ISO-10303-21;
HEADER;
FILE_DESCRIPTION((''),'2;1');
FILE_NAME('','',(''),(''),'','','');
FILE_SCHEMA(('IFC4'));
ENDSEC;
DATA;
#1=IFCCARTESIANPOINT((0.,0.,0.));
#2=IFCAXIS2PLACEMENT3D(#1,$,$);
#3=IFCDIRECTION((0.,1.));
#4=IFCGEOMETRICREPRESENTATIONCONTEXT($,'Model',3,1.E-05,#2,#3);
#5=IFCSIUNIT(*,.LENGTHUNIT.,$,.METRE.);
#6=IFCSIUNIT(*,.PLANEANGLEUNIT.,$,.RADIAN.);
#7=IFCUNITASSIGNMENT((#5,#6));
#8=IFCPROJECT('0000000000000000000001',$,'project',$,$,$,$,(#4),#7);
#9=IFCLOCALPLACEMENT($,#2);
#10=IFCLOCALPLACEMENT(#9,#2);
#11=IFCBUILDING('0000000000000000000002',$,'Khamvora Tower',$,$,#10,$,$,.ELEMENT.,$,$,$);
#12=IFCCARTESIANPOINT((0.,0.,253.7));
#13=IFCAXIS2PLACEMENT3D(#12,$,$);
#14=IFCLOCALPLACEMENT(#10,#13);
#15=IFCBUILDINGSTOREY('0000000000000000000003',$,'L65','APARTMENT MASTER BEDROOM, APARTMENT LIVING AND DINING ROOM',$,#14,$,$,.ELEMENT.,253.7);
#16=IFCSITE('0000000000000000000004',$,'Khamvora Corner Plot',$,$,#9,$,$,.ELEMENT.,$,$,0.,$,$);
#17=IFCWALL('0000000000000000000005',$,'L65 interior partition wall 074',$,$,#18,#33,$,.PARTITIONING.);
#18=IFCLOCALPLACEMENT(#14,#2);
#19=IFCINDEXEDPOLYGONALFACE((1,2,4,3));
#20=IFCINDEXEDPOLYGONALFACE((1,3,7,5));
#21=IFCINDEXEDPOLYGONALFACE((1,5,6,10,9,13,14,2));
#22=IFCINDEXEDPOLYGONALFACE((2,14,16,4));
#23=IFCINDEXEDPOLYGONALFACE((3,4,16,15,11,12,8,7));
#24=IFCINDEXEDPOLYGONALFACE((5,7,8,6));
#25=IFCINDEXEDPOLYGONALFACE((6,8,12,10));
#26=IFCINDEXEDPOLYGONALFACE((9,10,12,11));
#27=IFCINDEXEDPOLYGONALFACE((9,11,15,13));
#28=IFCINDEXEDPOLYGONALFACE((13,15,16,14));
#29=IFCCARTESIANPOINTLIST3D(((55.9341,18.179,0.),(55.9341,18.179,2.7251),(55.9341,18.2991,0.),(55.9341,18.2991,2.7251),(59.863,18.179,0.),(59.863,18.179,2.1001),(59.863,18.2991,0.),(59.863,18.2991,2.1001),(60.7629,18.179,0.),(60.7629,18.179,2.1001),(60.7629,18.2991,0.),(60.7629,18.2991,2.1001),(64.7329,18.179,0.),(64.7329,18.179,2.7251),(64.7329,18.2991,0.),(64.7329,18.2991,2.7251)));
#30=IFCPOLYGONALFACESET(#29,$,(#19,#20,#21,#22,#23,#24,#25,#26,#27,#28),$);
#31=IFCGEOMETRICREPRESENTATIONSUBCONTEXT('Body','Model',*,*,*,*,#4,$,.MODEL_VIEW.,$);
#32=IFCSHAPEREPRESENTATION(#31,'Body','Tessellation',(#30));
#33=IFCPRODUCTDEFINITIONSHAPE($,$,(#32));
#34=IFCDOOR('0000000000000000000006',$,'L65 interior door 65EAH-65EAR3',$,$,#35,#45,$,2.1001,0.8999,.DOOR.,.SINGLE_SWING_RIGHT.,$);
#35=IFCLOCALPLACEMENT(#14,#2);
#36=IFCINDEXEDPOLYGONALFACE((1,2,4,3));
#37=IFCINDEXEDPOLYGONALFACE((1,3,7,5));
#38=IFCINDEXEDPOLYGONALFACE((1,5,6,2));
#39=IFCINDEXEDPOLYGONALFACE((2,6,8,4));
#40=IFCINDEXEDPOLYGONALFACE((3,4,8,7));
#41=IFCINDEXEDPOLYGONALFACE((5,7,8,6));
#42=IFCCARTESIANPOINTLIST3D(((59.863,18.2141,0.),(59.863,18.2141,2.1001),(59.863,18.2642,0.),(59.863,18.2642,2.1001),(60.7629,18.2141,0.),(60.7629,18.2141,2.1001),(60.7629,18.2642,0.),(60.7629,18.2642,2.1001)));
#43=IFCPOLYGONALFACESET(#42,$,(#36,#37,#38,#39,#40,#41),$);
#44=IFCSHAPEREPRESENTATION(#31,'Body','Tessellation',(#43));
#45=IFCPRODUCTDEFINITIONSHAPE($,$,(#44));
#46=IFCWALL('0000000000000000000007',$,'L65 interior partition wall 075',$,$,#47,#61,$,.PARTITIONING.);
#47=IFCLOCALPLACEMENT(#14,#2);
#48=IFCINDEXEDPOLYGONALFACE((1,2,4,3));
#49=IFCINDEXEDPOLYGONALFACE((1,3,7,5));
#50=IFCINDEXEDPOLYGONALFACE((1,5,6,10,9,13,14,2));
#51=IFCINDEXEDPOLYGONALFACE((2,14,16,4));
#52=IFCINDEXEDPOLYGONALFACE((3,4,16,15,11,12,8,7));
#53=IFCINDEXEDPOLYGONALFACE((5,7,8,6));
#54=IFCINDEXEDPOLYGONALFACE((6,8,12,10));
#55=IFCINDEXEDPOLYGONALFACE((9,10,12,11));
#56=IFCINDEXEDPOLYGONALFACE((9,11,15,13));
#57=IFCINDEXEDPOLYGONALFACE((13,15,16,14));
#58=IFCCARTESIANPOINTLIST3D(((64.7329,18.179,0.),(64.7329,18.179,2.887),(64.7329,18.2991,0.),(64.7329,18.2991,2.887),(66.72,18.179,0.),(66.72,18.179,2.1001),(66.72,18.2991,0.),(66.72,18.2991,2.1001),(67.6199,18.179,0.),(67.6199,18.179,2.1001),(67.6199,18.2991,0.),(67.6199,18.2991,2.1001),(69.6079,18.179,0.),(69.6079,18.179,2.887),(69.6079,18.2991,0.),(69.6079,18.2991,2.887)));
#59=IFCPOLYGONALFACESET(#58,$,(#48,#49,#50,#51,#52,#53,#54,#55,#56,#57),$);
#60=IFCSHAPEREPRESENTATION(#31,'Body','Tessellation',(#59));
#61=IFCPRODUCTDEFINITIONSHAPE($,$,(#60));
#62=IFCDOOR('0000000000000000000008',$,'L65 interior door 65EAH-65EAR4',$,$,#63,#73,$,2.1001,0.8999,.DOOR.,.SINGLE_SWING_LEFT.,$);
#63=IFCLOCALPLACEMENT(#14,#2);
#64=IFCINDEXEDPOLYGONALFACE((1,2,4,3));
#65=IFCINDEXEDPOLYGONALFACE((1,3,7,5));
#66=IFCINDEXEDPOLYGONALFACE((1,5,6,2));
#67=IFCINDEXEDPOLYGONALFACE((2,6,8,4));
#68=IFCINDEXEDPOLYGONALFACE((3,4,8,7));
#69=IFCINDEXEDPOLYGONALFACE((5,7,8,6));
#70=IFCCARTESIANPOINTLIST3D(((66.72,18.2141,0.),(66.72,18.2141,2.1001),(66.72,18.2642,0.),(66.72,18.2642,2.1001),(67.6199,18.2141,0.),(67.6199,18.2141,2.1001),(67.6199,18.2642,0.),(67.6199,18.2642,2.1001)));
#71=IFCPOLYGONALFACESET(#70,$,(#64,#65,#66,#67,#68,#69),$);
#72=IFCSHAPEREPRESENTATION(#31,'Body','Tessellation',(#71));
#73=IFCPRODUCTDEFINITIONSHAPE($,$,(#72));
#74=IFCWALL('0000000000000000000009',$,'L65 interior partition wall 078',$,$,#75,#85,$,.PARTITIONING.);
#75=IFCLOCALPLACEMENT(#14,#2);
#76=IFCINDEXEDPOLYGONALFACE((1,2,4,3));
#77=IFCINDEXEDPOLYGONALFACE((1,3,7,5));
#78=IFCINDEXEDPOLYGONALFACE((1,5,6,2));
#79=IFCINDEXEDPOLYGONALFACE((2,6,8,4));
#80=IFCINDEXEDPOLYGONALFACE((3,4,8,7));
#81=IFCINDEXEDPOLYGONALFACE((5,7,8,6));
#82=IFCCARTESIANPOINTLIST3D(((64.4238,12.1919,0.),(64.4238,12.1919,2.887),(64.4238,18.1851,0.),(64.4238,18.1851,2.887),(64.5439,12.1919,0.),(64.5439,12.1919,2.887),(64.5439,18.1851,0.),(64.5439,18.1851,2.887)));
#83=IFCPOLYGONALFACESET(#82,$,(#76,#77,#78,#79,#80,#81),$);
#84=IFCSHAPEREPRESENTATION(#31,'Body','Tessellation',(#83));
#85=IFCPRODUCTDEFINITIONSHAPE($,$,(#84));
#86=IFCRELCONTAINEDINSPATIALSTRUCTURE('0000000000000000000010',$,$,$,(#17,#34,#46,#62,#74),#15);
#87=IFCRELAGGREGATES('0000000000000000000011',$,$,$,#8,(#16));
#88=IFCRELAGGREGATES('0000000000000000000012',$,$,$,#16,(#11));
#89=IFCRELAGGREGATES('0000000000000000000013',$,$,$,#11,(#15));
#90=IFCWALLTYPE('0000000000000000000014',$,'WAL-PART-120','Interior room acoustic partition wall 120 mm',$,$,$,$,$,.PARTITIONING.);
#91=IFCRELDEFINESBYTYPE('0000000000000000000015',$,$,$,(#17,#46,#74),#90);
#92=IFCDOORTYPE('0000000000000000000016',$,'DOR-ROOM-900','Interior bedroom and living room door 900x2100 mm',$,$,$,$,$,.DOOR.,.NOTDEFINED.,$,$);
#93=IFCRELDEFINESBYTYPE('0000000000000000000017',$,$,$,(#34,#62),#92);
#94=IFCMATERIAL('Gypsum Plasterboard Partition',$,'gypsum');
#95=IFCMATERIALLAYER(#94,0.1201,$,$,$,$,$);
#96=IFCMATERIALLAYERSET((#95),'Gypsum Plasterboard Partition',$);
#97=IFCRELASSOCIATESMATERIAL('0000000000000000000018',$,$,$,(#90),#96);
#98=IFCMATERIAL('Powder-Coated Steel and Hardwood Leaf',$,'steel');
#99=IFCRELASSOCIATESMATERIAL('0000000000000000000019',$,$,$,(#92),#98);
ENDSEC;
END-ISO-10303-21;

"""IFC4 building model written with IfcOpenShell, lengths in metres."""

from ifc_helpers import new_model, si_unit, direction, frame, frame_2d, origin, place, context, subcontext, project, spatial, rectangle, extrude, material, layer, layer_set, type_object, element, fill, save


model = new_model("IFC4")

# Units and contexts
model_context = context("Model", 3, precision=1e-05, world=origin(), true_north=direction((0.0, 1.0)))
body_context = subcontext(model_context, "Body", "Model", "MODEL_VIEW")
ifc_project = project(units=[si_unit("LENGTHUNIT", "METRE"), si_unit("PLANEANGLEUNIT", "RADIAN")], contexts=[model_context])

# Site, building, storey
site_placement = place(None, origin())
site = spatial("IfcSite", under=ifc_project, at=site_placement, Name="Khamvora Corner Plot", CompositionType="ELEMENT", RefElevation=0.0)
building_placement = place(site_placement, origin())
building = spatial("IfcBuilding", under=site, at=building_placement, Name="Khamvora Tower", CompositionType="ELEMENT")
storey_placement = place(building_placement, frame((0.0, 0.0, 253.7)))
storey = spatial("IfcBuildingStorey", under=building, at=storey_placement, Name="L65", Description="APARTMENT MASTER BEDROOM, APARTMENT LIVING AND DINING ROOM", CompositionType="ELEMENT", Elevation=253.7)

# Walls, openings, doors
ifc_material_1 = material(Name="Gypsum Plasterboard Partition", Category="gypsum")
ifc_layer_1 = layer(ifc_material_1, 0.1201)
ifc_layer_set_1 = layer_set([ifc_layer_1], Name="Gypsum Plasterboard Partition")
wall_type_1 = type_object("IfcWallType", Name="WAL-PART-120", Description="Interior room acoustic partition wall 120 mm", PredefinedType="PARTITIONING", material=ifc_layer_set_1)
ifc_material_2 = material(Name="Powder-Coated Steel and Hardwood Leaf", Category="steel")
door_type = type_object("IfcDoorType", Name="DOR-ROOM-900", Description="Interior bedroom and living room door 900x2100 mm", OperationType="NOTDEFINED", PredefinedType="DOOR", material=ifc_material_2)
wall_1_placement = place(storey_placement, frame((64.7329, 18.239, 0.0), z_axis=(0.0, 0.0, 1.0), x_axis=(-1.0, 0.0, 0.0)))
wall_1 = element("IfcWall", 1, at=wall_1_placement, inside=storey, type_object=wall_type_1, Name="L65 interior partition wall 074", PredefinedType="PARTITIONING", context=body_context, shape_type="SweptSolid", body=[
    extrude(rectangle(XDim=8.7988, YDim=0.1201, at=frame_2d((4.3994, 0.0))), origin(), (0.0, 0.0, 1.0), 2.7251),
])
opening_1_placement = place(wall_1_placement, frame((3.97, 0.0, 0.0)))
opening_1 = element("IfcOpeningElement", 2, at=opening_1_placement, cuts=wall_1, PredefinedType="OPENING", context=body_context, shape_type="SweptSolid", body=[
    extrude(rectangle(XDim=0.8999, YDim=2.1001, at=frame_2d((0.45, 1.05))), frame((0.0, 0.0701, 0.0), z_axis=(0.0, -1.0, 0.0), x_axis=(1.0, 0.0, 0.0)), (0.0, 0.0, 1.0), 0.1401),
])
door_1_placement = place(opening_1_placement, origin())
door_1 = element("IfcDoor", 3, at=door_1_placement, inside=storey, type_object=door_type, Name="L65 interior door 65EAH-65EAR3", OperationType="SINGLE_SWING_RIGHT", OverallHeight=2.1001, OverallWidth=0.8999, PredefinedType="DOOR", context=body_context, shape_type="SweptSolid", body=[
    extrude(rectangle(XDim=0.8999, YDim=2.1001, at=frame_2d((0.45, 1.05))), frame((0.0, 0.0249, 0.0), z_axis=(0.0, -1.0, 0.0), x_axis=(1.0, 0.0, 0.0)), (0.0, 0.0, 1.0), 0.05),
])
fill(opening_1, door_1)
wall_2_placement = place(storey_placement, frame((69.6079, 18.239, 0.0), z_axis=(0.0, 0.0, 1.0), x_axis=(-1.0, 0.0, 0.0)))
wall_2 = element("IfcWall", 4, at=wall_2_placement, inside=storey, type_object=wall_type_1, Name="L65 interior partition wall 075", PredefinedType="PARTITIONING", context=body_context, shape_type="SweptSolid", body=[
    extrude(rectangle(XDim=4.875, YDim=0.1201, at=frame_2d((2.4375, 0.0))), origin(), (0.0, 0.0, 1.0), 2.887),
])
opening_2_placement = place(wall_2_placement, frame((1.988, 0.0, 0.0)))
opening_2 = element("IfcOpeningElement", 5, at=opening_2_placement, cuts=wall_2, PredefinedType="OPENING", context=body_context, shape_type="SweptSolid", body=[
    extrude(rectangle(XDim=0.8999, YDim=2.1001, at=frame_2d((0.45, 1.05))), frame((0.0, 0.0701, 0.0), z_axis=(0.0, -1.0, 0.0), x_axis=(1.0, 0.0, 0.0)), (0.0, 0.0, 1.0), 0.1401),
])
door_2_placement = place(opening_2_placement, origin())
door_2 = element("IfcDoor", 6, at=door_2_placement, inside=storey, type_object=door_type, Name="L65 interior door 65EAH-65EAR4", OperationType="SINGLE_SWING_LEFT", OverallHeight=2.1001, OverallWidth=0.8999, PredefinedType="DOOR", context=body_context, shape_type="SweptSolid", body=[
    extrude(rectangle(XDim=0.8999, YDim=2.1001, at=frame_2d((0.45, 1.05))), frame((0.0, 0.0249, 0.0), z_axis=(0.0, -1.0, 0.0), x_axis=(1.0, 0.0, 0.0)), (0.0, 0.0, 1.0), 0.05),
])
fill(opening_2, door_2)

# Wall
wall_3_placement = place(storey_placement, frame((64.4839, 18.1851, 0.0), z_axis=(0.0, 0.0, 1.0), x_axis=(0.0, -1.0, 0.0)))
element("IfcWall", 7, at=wall_3_placement, inside=storey, type_object=wall_type_1, Name="L65 interior partition wall 078", PredefinedType="PARTITIONING", context=body_context, shape_type="SweptSolid", body=[
    extrude(rectangle(XDim=5.9932, YDim=0.1201, at=frame_2d((2.9966, 0.0))), origin(), (0.0, 0.0, 1.0), 2.887),
])

save(model, "model.ifc")
